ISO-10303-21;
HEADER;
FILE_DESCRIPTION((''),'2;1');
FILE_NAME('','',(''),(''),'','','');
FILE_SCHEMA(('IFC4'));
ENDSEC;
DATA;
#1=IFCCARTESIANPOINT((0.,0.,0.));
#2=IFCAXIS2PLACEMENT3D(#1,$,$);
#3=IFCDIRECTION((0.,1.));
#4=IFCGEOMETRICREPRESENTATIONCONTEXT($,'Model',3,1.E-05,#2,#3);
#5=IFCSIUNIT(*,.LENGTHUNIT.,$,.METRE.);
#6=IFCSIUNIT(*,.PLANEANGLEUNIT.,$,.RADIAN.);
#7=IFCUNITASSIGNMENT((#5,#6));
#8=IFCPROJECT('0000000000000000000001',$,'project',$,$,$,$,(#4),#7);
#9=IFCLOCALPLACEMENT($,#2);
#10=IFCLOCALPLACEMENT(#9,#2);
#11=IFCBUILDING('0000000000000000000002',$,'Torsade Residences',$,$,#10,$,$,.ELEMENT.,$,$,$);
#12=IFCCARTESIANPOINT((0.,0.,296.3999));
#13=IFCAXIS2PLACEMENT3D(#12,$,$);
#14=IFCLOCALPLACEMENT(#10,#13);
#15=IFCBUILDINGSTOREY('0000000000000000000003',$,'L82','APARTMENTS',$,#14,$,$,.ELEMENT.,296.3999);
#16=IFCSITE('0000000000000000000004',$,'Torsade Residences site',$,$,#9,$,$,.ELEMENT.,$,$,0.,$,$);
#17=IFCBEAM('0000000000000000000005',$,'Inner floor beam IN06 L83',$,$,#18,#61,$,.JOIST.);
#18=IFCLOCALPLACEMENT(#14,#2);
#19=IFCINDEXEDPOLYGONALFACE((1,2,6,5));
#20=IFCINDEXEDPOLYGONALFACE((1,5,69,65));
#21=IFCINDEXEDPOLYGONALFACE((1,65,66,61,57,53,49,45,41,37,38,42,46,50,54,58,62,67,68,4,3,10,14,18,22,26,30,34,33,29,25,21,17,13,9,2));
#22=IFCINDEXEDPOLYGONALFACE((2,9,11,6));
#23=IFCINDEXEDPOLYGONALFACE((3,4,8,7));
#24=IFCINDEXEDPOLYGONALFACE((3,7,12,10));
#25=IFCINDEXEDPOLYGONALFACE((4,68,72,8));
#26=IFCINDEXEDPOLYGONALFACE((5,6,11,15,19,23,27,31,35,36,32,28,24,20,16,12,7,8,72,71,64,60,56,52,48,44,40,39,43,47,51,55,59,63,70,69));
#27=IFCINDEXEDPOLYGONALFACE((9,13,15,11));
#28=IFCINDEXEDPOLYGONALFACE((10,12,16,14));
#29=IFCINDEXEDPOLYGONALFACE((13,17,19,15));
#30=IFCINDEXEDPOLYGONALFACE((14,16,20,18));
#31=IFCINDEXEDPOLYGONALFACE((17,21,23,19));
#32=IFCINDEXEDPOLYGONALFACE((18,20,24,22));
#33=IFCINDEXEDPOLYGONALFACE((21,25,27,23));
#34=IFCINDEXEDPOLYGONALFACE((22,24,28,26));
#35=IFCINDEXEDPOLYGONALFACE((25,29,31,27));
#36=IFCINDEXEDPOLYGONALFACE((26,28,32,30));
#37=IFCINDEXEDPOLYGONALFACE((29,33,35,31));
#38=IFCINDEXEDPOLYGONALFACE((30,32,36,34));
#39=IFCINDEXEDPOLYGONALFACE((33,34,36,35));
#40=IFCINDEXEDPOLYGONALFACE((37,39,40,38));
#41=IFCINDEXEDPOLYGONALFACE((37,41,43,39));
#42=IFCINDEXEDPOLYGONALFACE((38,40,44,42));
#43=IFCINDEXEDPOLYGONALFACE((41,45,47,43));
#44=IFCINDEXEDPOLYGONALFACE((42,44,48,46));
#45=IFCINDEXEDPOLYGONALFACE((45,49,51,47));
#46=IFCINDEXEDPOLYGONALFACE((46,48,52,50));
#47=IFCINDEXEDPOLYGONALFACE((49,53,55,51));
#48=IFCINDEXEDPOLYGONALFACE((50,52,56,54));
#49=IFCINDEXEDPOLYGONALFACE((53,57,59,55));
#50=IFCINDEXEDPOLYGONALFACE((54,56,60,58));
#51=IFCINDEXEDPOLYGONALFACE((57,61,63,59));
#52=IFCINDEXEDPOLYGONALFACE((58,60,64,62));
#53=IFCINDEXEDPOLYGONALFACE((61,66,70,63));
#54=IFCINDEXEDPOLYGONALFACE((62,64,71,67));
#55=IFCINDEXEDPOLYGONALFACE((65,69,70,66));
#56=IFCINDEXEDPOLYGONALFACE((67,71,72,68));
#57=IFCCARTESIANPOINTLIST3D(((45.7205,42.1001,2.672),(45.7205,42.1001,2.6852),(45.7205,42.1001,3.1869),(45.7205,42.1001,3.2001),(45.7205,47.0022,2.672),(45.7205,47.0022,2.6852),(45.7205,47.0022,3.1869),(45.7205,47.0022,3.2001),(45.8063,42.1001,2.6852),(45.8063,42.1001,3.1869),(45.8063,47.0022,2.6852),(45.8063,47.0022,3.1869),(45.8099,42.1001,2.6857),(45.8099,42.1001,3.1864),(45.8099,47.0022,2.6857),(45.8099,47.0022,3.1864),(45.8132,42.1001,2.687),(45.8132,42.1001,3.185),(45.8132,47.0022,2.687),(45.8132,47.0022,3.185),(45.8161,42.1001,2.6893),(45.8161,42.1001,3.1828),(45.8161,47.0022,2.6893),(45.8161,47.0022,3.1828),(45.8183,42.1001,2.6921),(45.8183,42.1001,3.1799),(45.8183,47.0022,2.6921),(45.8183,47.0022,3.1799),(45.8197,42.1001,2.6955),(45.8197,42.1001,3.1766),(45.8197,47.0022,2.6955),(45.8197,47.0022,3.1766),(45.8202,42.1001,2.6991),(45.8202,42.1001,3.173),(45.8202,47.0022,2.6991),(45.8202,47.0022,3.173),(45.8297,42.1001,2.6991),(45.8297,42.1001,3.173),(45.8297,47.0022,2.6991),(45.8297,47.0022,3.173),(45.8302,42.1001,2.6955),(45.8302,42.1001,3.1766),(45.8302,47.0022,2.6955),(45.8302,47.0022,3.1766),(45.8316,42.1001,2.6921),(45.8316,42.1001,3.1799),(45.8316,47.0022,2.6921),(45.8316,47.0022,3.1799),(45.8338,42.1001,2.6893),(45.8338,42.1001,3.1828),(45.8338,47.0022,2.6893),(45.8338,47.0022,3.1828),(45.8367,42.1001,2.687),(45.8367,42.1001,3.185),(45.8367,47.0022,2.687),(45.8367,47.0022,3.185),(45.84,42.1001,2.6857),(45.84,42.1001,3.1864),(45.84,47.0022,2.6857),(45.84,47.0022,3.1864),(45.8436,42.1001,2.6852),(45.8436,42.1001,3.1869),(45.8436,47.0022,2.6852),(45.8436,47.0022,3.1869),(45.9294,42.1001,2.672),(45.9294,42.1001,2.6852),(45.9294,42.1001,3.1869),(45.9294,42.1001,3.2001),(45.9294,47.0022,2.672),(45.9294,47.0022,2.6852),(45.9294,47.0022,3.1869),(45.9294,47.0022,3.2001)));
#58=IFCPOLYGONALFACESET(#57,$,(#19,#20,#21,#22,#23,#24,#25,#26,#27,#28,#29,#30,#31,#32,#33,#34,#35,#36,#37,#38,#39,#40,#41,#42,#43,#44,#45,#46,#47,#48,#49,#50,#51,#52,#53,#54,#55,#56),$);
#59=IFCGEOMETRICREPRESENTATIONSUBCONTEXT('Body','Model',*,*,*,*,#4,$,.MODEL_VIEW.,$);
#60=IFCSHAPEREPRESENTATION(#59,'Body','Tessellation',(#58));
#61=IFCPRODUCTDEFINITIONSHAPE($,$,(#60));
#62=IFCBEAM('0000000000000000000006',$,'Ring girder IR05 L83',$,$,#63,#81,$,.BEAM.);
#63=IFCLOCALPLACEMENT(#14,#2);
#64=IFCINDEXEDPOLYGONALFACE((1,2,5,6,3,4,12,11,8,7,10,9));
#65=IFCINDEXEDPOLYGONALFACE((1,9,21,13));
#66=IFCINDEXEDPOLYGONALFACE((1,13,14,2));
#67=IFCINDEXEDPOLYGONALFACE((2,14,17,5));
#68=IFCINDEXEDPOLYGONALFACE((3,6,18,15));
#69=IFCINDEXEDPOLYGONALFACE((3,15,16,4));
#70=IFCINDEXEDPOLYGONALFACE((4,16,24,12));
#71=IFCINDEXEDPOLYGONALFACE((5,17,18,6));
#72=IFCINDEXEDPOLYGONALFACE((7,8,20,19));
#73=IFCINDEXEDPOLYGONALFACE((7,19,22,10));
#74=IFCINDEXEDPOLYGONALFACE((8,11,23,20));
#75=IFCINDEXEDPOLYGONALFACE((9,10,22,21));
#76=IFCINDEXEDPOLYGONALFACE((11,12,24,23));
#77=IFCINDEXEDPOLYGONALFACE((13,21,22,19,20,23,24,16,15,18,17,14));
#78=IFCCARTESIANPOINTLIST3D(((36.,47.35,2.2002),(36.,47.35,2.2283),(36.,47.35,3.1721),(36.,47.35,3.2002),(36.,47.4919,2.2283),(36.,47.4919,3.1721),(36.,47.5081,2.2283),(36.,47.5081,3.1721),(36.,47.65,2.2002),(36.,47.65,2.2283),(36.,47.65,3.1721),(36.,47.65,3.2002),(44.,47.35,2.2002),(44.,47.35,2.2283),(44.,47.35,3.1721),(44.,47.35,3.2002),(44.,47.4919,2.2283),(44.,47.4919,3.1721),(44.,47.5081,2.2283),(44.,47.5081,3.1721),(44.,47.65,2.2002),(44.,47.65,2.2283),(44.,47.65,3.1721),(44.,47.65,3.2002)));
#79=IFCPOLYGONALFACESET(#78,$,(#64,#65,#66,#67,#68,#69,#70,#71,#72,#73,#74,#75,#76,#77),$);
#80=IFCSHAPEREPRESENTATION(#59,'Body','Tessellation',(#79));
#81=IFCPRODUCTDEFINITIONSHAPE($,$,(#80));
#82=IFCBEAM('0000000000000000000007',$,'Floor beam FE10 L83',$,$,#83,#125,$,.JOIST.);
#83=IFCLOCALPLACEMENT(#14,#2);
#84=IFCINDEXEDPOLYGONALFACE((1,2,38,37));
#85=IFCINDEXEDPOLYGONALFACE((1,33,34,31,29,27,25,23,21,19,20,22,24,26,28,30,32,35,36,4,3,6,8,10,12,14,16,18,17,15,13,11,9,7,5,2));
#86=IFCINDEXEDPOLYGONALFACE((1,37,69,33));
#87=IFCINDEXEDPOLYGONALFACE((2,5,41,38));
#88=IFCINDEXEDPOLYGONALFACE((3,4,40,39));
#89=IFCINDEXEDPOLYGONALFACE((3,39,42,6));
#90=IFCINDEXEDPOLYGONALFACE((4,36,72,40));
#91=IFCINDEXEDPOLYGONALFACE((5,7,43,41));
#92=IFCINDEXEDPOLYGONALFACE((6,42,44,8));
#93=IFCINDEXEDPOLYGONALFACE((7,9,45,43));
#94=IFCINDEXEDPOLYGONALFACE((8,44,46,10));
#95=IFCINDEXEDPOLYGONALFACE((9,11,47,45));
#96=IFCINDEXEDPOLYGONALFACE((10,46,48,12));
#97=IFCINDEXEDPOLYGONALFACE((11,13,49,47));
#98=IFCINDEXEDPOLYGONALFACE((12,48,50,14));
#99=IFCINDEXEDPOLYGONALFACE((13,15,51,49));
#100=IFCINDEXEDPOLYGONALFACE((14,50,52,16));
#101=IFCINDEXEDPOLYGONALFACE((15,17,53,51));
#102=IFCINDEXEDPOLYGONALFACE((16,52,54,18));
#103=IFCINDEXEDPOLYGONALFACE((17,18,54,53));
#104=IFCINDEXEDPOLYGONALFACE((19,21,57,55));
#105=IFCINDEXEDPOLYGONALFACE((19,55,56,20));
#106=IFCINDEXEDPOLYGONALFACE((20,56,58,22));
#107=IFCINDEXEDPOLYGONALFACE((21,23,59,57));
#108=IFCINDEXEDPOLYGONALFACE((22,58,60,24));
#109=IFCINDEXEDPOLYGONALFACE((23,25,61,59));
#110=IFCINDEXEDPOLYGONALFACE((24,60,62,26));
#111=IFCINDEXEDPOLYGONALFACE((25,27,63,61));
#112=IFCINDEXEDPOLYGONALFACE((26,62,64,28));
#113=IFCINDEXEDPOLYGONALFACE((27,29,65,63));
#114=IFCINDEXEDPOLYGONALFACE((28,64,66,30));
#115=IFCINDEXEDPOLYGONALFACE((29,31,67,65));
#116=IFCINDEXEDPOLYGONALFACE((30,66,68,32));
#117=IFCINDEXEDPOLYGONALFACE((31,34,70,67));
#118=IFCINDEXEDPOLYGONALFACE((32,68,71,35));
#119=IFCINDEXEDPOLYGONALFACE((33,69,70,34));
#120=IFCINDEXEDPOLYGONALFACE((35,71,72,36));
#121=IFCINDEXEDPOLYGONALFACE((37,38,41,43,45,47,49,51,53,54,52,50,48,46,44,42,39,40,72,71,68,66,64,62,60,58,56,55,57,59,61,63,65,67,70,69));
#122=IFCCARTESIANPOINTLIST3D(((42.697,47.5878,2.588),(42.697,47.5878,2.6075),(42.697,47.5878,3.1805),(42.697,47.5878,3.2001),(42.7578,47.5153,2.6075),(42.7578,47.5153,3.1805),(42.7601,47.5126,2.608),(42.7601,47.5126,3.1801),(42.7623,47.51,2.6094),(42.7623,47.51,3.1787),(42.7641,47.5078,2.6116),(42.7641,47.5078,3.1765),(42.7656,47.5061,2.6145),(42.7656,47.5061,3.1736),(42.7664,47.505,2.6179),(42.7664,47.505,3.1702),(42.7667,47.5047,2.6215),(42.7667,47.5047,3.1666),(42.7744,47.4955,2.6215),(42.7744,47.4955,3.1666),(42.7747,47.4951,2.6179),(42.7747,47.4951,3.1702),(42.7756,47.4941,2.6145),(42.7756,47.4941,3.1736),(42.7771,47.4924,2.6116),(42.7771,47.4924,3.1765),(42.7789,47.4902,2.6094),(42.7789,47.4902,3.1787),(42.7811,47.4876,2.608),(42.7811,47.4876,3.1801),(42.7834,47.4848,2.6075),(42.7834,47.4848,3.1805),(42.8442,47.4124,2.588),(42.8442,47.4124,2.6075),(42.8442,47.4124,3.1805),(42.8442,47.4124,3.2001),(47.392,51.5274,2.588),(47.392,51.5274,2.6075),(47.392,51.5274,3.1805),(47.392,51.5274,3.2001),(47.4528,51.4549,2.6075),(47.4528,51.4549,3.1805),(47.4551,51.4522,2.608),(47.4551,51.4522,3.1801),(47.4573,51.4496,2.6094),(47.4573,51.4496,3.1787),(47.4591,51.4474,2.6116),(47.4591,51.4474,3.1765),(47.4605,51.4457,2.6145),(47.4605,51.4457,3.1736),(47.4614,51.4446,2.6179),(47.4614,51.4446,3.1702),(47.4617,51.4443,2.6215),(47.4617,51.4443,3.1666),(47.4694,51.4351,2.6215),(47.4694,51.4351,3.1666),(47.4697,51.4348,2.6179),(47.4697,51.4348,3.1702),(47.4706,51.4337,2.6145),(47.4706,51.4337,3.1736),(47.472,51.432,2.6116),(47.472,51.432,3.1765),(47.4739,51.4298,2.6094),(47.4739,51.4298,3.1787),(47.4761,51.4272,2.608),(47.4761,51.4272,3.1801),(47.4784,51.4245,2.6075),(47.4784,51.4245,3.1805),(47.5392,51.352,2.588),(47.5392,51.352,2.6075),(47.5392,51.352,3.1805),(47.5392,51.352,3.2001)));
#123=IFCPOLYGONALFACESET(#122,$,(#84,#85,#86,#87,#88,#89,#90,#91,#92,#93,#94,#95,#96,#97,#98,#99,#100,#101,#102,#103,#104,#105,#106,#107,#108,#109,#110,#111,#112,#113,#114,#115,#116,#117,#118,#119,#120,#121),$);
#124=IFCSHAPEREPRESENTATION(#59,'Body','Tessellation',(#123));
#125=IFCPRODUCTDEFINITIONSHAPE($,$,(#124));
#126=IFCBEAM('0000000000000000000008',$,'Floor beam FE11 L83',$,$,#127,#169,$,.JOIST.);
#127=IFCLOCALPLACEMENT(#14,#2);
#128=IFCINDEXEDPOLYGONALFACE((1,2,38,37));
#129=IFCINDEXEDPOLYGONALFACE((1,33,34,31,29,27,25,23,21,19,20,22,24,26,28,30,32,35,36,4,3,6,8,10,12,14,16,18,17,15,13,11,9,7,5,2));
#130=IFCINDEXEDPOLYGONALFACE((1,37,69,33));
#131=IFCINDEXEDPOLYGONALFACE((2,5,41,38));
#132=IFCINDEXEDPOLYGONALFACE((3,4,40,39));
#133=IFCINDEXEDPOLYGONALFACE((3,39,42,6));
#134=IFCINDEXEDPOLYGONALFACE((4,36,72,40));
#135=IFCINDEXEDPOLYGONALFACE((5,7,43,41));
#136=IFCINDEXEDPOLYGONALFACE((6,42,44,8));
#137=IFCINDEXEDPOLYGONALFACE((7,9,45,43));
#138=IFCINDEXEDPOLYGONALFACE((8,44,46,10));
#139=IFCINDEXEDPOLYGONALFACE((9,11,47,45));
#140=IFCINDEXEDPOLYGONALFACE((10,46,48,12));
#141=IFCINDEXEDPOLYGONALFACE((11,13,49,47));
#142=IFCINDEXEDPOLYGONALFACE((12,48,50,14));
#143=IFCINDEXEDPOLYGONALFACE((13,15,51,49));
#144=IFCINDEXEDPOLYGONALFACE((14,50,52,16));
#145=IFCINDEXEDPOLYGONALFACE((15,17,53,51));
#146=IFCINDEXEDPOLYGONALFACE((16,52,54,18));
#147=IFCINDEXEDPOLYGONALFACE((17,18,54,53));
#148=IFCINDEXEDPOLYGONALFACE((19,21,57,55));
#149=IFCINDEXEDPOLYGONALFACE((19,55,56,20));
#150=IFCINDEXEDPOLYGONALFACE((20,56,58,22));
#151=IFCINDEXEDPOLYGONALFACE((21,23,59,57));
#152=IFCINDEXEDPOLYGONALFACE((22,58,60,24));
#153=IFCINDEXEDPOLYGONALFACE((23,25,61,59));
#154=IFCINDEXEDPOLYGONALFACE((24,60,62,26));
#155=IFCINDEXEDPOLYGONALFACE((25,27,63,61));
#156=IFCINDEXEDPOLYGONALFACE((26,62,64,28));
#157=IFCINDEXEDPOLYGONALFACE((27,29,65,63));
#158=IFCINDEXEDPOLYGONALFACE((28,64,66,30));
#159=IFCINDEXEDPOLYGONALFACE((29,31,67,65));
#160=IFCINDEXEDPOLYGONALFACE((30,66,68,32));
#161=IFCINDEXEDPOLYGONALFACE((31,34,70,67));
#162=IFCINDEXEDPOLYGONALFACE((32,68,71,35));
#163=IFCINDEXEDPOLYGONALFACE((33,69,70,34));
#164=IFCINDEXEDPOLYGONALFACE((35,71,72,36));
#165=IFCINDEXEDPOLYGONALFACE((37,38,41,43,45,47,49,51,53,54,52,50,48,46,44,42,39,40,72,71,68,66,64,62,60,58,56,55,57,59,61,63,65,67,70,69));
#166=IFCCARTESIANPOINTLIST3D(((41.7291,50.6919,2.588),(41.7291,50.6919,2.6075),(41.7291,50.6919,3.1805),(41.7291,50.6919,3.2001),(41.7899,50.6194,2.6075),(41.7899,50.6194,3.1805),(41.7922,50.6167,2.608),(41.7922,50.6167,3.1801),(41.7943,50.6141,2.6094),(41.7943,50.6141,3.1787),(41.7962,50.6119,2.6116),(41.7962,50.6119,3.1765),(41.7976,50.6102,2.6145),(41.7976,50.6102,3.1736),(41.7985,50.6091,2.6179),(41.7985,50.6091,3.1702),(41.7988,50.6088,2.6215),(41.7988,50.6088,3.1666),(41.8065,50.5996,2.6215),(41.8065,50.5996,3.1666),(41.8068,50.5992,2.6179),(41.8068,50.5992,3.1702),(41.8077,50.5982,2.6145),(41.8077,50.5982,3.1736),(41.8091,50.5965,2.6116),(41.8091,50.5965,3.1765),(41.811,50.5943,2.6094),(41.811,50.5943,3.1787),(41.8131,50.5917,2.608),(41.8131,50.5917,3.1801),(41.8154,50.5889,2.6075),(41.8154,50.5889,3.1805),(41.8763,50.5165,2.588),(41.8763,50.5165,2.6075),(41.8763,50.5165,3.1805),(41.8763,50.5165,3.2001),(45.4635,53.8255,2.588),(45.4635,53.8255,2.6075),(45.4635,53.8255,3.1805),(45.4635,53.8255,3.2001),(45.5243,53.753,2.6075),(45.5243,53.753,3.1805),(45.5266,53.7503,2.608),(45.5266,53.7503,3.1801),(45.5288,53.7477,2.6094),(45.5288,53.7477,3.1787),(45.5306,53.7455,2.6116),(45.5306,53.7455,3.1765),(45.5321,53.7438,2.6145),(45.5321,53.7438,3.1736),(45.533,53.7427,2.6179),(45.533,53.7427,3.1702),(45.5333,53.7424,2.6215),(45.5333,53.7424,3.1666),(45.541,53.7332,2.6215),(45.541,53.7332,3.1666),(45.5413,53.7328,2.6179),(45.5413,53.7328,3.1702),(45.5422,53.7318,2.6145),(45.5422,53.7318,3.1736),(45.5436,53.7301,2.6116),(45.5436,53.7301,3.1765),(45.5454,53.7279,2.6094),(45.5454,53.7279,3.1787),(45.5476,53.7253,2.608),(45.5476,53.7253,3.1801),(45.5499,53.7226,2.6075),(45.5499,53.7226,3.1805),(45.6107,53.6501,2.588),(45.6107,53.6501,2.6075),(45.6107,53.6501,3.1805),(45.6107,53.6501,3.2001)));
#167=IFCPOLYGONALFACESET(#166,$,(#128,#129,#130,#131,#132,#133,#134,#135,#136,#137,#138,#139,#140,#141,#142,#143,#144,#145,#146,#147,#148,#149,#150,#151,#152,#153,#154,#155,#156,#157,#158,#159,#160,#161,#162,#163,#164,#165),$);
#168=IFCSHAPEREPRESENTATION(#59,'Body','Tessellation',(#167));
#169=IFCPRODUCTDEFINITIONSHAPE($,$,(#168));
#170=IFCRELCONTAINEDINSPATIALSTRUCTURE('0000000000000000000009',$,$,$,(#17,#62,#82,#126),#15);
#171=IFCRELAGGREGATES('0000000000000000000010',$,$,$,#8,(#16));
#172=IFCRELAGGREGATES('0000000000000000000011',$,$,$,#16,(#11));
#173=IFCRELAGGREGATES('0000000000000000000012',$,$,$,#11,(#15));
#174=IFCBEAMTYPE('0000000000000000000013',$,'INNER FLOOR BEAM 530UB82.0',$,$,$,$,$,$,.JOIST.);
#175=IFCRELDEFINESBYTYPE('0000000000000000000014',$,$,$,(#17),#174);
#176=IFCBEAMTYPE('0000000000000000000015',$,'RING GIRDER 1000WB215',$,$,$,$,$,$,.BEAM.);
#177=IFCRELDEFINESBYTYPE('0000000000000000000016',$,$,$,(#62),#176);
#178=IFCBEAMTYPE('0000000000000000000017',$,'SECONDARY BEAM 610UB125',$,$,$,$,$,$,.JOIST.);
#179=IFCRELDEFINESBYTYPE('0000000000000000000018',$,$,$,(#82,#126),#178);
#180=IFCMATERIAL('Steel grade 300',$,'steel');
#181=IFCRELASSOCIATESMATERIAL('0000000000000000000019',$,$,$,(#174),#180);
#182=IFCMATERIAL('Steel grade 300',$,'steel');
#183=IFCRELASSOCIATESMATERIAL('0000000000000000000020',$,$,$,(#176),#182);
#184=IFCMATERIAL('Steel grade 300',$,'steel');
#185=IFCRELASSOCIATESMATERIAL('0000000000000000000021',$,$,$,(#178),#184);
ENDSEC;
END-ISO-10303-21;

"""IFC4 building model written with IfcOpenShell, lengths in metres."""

from ifc_helpers import new_model, si_unit, direction, frame, origin, origin_2d, place, context, subcontext, project, spatial, i_section, extrude, material, material_profile, profile_set, type_object, element, save


model = new_model("IFC4")

# Units and contexts
model_context = context("Model", 3, precision=1e-05, world=origin(), true_north=direction((0.0, 1.0)))
body_context = subcontext(model_context, "Body", "Model", "MODEL_VIEW")
ifc_project = project(units=[si_unit("LENGTHUNIT", "METRE"), si_unit("PLANEANGLEUNIT", "RADIAN")], contexts=[model_context])

# Site, building, storey
site_placement = place(None, origin())
site = spatial("IfcSite", under=ifc_project, at=site_placement, Name="Torsade Residences site", CompositionType="ELEMENT", RefElevation=0.0)
building_placement = place(site_placement, origin())
building = spatial("IfcBuilding", under=site, at=building_placement, Name="Torsade Residences", CompositionType="ELEMENT")
storey_placement = place(building_placement, frame((0.0, 0.0, 296.3999)))
storey = spatial("IfcBuildingStorey", under=building, at=storey_placement, Name="L82", Description="APARTMENTS", CompositionType="ELEMENT", Elevation=296.3999)

# Beams
ifc_material_1 = material(Name="Steel grade 300", Category="steel")
ifc_material_profile_1 = material_profile(ifc_material_1, i_section(OverallWidth=0.209, OverallDepth=0.5281, WebThickness=0.0095, FlangeThickness=0.0132, FilletRadius=0.0139, at=origin_2d()), Name="530UB82.0")
ifc_profile_set_1 = profile_set([ifc_material_profile_1], Name="Steel grade 300")
beam_type_1 = type_object("IfcBeamType", Name="INNER FLOOR BEAM 530UB82.0", PredefinedType="JOIST", material=ifc_profile_set_1)
beam_1_placement = place(storey_placement, frame((45.825, 42.1001, 2.936), z_axis=(0.0, 1.0, 0.0), x_axis=(-1.0, 0.0, 0.0)))
element("IfcBeam", 1, at=beam_1_placement, inside=storey, type_object=beam_type_1, Name="Inner floor beam IN06 L83", PredefinedType="JOIST", context=body_context, shape_type="SweptSolid", body=[
    extrude(i_section(OverallWidth=0.209, OverallDepth=0.5281, WebThickness=0.0095, FlangeThickness=0.0132, FilletRadius=0.0139, at=origin_2d()), origin(), (0.0, 0.0, 1.0), 4.9021),
])
ifc_material_2 = material(Name="Steel grade 300", Category="steel")
ifc_material_profile_2 = material_profile(ifc_material_2, i_section(OverallWidth=0.3, OverallDepth=1.0, WebThickness=0.0161, FlangeThickness=0.0281, at=origin_2d()), Name="1000WB215")
ifc_profile_set_2 = profile_set([ifc_material_profile_2], Name="Steel grade 300")
beam_type_2 = type_object("IfcBeamType", Name="RING GIRDER 1000WB215", PredefinedType="BEAM", material=ifc_profile_set_2)
beam_2_placement = place(storey_placement, frame((44.0, 47.5, 2.7002), z_axis=(-1.0, 0.0, 0.0), x_axis=(0.0, -1.0, 0.0)))
element("IfcBeam", 2, at=beam_2_placement, inside=storey, type_object=beam_type_2, Name="Ring girder IR05 L83", PredefinedType="BEAM", context=body_context, shape_type="SweptSolid", body=[
    extrude(i_section(OverallWidth=0.3, OverallDepth=1.0, WebThickness=0.0161, FlangeThickness=0.0281, at=origin_2d()), origin(), (0.0, 0.0, 1.0), 8.0),
])
ifc_material_3 = material(Name="Steel grade 300", Category="steel")
ifc_material_profile_3 = material_profile(ifc_material_3, i_section(OverallWidth=0.229, OverallDepth=0.6121, WebThickness=0.012, FlangeThickness=0.0195, FilletRadius=0.0139, at=origin_2d()), Name="610UB125")
ifc_profile_set_3 = profile_set([ifc_material_profile_3], Name="Steel grade 300")
beam_type_3 = type_object("IfcBeamType", Name="SECONDARY BEAM 610UB125", PredefinedType="JOIST", material=ifc_profile_set_3)
beam_3_placement = place(storey_placement, frame((47.4656, 51.4397, 2.894), z_axis=(-0.766039, -0.642794, 0.0), x_axis=(0.642794, -0.766039, 0.0)))
element("IfcBeam", 3, at=beam_3_placement, inside=storey, type_object=beam_type_3, Name="Floor beam FE10 L83", PredefinedType="JOIST", context=body_context, shape_type="SweptSolid", body=[
    extrude(i_section(OverallWidth=0.229, OverallDepth=0.6121, WebThickness=0.012, FlangeThickness=0.0195, FilletRadius=0.0139, at=origin_2d()), origin(), (0.0, 0.0, 1.0), 6.1289),
])
beam_4_placement = place(storey_placement, frame((45.5371, 53.7378, 2.894), z_axis=(-0.766041, -0.642791, 0.0), x_axis=(0.642791, -0.766041, 0.0)))
element("IfcBeam", 4, at=beam_4_placement, inside=storey, type_object=beam_type_3, Name="Floor beam FE11 L83", PredefinedType="JOIST", context=body_context, shape_type="SweptSolid", body=[
    extrude(i_section(OverallWidth=0.229, OverallDepth=0.6121, WebThickness=0.012, FlangeThickness=0.0195, FilletRadius=0.0139, at=origin_2d()), origin(), (0.0, 0.0, 1.0), 4.875),
])

save(model, "model.ifc")
